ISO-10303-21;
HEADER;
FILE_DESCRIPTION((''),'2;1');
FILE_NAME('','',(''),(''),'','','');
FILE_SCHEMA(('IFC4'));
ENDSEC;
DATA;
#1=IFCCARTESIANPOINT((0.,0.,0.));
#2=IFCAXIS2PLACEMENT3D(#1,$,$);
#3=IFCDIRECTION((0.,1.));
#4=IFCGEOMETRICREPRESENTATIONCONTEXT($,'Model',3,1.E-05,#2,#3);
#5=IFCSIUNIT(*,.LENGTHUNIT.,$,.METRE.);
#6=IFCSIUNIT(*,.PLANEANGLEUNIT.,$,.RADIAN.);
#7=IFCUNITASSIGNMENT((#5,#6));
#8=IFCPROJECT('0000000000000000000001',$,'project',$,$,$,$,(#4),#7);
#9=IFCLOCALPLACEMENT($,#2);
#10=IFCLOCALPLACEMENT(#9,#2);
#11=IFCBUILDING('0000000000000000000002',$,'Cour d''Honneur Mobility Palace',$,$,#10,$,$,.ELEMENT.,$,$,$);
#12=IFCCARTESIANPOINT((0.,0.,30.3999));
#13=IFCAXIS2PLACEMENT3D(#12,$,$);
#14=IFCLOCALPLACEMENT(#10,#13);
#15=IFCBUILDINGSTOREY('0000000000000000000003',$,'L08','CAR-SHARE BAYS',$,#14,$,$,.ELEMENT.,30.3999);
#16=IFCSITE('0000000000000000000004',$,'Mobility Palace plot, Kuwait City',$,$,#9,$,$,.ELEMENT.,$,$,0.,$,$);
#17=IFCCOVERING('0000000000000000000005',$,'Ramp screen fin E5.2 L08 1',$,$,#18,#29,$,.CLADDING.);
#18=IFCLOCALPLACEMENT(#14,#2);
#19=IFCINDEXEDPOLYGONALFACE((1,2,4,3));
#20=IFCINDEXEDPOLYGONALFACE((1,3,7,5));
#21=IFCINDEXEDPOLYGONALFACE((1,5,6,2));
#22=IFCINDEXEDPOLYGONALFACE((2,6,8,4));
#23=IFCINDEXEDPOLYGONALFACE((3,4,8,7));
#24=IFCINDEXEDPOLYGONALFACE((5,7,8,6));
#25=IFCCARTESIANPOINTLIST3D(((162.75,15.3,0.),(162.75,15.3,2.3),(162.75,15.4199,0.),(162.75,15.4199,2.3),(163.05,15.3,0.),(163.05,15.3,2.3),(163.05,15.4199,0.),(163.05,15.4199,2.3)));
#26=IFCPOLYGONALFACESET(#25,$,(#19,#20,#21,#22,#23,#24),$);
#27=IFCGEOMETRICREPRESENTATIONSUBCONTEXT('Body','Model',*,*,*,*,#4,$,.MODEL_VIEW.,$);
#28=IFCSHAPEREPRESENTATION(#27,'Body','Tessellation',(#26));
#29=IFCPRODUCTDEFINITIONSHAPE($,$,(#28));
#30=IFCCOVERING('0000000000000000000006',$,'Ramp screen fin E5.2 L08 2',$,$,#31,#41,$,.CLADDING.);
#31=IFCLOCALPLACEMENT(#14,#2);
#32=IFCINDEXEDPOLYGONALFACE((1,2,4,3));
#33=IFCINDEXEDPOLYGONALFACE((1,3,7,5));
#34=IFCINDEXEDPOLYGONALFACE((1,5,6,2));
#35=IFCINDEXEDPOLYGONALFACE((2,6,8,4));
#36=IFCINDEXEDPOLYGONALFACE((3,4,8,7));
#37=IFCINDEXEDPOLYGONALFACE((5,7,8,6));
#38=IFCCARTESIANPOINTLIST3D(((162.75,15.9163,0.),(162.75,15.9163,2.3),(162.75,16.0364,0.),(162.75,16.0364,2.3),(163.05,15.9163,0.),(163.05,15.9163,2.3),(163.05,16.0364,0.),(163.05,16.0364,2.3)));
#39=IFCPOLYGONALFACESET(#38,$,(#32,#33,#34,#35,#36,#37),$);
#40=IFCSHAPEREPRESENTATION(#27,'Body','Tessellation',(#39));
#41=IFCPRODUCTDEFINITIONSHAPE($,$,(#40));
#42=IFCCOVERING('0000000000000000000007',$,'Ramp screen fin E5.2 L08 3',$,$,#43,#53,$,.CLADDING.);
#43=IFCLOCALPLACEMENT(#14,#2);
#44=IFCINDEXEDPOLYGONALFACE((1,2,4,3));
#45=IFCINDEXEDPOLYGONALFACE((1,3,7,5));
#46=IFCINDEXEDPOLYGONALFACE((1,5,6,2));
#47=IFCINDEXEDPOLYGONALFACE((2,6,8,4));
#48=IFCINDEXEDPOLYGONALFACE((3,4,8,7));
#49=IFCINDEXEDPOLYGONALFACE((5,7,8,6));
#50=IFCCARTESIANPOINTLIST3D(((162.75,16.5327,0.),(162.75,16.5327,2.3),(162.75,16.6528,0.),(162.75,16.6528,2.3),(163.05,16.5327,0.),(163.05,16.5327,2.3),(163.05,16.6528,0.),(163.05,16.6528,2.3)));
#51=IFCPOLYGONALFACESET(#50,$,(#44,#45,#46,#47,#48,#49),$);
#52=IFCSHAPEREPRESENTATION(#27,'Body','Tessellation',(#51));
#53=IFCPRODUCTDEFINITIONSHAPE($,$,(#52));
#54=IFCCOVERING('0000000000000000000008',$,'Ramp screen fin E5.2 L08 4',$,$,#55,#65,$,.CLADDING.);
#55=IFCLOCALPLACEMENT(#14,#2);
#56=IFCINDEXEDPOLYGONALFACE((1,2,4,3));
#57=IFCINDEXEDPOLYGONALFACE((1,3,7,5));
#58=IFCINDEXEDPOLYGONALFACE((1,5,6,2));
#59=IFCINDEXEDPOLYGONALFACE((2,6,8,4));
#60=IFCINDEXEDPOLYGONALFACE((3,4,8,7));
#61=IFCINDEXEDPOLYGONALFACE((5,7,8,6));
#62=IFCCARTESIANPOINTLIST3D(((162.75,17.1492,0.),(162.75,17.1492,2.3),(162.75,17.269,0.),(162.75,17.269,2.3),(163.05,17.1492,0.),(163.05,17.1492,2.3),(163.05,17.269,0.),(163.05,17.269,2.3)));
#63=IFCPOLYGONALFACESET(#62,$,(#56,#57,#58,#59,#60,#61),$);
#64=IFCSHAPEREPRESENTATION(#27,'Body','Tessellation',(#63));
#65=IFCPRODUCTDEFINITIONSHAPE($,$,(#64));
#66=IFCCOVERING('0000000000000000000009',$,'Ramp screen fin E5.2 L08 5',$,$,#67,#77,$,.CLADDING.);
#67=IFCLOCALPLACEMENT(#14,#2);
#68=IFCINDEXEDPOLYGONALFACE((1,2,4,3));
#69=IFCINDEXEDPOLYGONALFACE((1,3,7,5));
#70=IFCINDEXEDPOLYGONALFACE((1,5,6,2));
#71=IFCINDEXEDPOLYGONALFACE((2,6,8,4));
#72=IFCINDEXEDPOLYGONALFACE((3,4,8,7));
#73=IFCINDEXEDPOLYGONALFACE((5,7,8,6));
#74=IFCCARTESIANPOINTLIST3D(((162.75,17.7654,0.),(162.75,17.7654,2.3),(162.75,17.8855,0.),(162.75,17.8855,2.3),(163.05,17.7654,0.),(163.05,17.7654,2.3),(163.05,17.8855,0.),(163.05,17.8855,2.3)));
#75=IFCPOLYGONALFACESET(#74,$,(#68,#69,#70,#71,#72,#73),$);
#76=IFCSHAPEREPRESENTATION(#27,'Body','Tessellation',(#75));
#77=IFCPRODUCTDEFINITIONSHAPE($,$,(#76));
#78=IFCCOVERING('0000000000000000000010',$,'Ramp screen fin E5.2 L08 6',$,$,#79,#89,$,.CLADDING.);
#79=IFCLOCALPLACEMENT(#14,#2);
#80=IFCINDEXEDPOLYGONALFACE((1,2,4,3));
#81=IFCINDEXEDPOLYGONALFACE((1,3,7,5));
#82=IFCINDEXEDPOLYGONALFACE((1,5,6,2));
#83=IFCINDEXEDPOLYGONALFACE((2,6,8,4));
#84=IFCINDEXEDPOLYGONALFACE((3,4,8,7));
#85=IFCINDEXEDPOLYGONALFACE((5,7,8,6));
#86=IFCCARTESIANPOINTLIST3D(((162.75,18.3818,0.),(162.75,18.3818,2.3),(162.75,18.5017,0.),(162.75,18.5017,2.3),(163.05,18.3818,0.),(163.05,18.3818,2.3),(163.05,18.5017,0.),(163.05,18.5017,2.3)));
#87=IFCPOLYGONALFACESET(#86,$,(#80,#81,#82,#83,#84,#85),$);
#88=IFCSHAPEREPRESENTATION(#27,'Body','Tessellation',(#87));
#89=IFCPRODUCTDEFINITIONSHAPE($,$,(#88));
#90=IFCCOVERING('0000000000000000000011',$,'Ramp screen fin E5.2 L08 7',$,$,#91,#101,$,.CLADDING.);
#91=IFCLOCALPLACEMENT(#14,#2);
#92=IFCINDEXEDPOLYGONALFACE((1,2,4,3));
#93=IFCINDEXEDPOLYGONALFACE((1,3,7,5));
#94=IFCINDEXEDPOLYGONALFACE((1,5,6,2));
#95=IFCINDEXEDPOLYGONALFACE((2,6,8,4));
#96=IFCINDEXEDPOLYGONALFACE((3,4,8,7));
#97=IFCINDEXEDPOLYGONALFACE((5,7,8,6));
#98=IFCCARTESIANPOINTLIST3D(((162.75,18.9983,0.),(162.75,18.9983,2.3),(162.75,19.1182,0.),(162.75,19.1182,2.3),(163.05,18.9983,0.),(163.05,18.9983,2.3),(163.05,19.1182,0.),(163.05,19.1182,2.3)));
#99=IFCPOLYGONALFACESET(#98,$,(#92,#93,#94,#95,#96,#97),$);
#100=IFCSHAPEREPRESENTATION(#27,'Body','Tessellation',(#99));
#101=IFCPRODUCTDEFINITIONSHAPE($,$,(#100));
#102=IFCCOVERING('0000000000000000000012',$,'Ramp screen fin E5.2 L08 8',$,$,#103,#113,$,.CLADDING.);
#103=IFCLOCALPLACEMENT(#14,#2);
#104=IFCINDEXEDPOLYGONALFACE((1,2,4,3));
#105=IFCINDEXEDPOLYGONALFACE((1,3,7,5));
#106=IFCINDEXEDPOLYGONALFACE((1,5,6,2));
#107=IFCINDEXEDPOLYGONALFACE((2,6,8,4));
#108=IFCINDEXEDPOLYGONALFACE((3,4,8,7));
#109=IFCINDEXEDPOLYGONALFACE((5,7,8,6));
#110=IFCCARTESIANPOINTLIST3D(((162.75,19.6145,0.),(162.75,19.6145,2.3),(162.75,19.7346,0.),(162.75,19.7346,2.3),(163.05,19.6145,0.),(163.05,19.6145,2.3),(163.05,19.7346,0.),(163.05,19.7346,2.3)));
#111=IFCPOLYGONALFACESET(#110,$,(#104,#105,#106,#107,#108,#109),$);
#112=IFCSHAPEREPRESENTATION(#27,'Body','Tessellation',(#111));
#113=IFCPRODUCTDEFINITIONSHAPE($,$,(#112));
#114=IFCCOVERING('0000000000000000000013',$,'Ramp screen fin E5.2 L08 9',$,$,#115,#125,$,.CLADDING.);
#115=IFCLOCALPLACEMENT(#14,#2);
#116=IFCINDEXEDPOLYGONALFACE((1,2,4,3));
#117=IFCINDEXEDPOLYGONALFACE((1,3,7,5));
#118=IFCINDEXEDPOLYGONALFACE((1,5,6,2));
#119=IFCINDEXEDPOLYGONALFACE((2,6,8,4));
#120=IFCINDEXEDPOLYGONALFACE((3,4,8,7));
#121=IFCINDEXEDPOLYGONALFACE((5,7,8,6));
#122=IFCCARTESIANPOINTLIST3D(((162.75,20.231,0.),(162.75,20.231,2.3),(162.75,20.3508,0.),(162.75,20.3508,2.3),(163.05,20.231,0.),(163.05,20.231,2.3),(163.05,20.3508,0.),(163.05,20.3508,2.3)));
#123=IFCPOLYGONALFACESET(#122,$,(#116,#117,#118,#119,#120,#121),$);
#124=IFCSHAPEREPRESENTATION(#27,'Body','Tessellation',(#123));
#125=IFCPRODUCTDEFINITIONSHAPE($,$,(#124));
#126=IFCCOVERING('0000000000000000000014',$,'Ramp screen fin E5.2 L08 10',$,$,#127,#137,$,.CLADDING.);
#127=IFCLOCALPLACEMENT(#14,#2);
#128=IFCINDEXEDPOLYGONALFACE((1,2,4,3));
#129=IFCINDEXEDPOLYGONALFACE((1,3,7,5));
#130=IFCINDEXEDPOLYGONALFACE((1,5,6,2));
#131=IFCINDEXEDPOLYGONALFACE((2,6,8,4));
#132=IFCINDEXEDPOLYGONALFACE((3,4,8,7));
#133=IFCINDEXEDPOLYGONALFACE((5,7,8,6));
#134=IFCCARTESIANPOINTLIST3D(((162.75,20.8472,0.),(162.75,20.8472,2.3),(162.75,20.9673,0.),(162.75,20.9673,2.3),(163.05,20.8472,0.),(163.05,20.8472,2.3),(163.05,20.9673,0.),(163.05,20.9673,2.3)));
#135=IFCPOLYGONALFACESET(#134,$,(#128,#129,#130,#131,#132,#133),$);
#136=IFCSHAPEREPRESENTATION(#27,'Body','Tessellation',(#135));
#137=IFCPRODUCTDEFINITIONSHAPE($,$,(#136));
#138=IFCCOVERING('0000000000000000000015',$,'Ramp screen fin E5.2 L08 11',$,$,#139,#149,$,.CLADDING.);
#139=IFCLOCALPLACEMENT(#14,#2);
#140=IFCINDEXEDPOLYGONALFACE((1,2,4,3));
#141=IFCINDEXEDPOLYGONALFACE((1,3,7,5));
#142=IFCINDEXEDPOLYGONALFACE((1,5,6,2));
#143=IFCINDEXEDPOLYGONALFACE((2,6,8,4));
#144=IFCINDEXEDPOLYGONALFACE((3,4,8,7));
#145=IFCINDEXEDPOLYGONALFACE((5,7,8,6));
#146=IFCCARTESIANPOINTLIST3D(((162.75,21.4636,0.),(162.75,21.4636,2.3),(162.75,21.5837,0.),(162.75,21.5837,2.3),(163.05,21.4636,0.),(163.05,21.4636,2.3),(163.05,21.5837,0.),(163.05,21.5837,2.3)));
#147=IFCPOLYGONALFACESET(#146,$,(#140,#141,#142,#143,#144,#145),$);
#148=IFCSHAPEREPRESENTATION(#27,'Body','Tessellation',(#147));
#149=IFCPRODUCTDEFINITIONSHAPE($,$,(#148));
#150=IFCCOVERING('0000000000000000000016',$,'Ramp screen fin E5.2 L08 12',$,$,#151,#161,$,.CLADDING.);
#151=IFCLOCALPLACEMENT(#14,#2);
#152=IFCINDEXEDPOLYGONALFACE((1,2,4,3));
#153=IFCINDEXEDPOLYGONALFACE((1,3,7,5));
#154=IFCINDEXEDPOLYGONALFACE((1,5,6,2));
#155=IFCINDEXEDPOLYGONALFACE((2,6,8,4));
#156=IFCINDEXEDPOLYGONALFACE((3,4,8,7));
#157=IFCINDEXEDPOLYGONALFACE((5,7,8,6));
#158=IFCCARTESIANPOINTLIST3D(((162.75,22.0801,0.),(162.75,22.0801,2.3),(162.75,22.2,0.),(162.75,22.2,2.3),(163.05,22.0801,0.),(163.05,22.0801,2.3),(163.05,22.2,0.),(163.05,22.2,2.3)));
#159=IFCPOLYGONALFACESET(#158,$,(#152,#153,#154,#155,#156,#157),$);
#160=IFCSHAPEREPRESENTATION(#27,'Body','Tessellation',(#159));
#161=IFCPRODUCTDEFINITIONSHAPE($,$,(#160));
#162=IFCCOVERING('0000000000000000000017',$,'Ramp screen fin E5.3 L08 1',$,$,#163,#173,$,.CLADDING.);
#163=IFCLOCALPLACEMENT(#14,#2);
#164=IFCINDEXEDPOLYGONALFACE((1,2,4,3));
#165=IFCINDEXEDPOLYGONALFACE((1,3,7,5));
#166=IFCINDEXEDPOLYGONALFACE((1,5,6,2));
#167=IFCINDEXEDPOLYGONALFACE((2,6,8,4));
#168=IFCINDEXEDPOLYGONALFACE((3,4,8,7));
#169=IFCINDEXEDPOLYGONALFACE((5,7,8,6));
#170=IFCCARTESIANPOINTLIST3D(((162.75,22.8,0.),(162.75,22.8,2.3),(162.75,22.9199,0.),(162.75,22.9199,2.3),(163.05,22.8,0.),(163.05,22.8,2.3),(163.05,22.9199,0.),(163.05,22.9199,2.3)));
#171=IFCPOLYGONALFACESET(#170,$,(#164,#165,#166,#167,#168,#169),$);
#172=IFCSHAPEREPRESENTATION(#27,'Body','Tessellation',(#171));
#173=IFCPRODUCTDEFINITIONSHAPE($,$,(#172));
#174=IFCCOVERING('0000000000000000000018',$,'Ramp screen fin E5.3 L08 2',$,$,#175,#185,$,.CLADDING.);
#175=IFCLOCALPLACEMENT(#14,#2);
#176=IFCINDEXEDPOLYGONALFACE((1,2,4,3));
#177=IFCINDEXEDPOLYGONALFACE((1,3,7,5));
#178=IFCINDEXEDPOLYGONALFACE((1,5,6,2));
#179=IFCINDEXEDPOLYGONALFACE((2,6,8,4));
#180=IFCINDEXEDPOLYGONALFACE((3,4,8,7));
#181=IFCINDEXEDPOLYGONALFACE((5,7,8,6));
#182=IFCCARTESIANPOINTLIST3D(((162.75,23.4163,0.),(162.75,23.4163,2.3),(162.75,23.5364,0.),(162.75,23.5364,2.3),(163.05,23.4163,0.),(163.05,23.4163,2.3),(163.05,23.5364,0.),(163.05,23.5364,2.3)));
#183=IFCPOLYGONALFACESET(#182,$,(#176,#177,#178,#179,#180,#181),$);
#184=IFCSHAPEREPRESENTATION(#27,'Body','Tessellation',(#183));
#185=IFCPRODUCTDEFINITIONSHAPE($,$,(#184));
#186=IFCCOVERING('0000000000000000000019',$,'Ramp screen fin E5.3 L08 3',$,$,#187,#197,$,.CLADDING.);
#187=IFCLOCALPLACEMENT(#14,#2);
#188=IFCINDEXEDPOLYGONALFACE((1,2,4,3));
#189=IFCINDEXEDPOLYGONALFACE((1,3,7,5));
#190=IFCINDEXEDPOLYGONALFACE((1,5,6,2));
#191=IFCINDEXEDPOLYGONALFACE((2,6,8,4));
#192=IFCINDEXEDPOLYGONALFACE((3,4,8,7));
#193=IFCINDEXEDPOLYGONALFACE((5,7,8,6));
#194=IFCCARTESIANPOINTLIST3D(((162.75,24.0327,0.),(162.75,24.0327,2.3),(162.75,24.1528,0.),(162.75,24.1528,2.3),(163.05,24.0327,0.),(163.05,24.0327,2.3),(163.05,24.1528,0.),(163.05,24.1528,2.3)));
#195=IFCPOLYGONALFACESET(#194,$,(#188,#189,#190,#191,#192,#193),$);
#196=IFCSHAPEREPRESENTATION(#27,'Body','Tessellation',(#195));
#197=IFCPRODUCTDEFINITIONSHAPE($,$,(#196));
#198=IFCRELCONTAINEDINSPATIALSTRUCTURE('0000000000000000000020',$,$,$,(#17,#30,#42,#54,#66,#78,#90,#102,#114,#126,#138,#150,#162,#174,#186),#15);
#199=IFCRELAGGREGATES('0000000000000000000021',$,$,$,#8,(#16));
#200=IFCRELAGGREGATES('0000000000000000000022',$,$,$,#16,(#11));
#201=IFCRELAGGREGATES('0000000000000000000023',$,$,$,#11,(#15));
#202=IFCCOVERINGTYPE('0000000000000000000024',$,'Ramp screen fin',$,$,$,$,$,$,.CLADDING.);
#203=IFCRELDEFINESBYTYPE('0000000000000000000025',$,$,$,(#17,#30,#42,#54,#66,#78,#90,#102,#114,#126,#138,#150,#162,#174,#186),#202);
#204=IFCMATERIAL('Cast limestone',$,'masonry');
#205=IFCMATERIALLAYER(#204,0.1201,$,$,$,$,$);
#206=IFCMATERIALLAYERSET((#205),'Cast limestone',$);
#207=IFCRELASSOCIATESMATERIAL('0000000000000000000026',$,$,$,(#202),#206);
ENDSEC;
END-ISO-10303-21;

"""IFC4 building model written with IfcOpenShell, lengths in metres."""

from ifc_helpers import new_model, si_unit, direction, frame, origin, place, context, subcontext, project, spatial, polyline, outline, extrude, material, layer, layer_set, type_object, element, save


model = new_model("IFC4")

# Units and contexts
model_context = context("Model", 3, precision=1e-05, world=origin(), true_north=direction((0.0, 1.0)))
body_context = subcontext(model_context, "Body", "Model", "MODEL_VIEW")
ifc_project = project(units=[si_unit("LENGTHUNIT", "METRE"), si_unit("PLANEANGLEUNIT", "RADIAN")], contexts=[model_context])

# Site, building, storey
site_placement = place(None, origin())
site = spatial("IfcSite", under=ifc_project, at=site_placement, Name="Mobility Palace plot, Kuwait City", CompositionType="ELEMENT", RefElevation=0.0)
building_placement = place(site_placement, origin())
building = spatial("IfcBuilding", under=site, at=building_placement, Name="Cour d'Honneur Mobility Palace", CompositionType="ELEMENT")
storey_placement = place(building_placement, frame((0.0, 0.0, 30.3999)))
storey = spatial("IfcBuildingStorey", under=building, at=storey_placement, Name="L08", Description="CAR-SHARE BAYS", CompositionType="ELEMENT", Elevation=30.3999)

# Coverings
ifc_material = material(Name="Cast limestone", Category="masonry")
ifc_layer = layer(ifc_material, 0.1201)
ifc_layer_set = layer_set([ifc_layer], Name="Cast limestone")
covering_type = type_object("IfcCoveringType", Name="Ramp screen fin", PredefinedType="CLADDING", material=ifc_layer_set)
covering_1_placement = place(storey_placement, origin())
element("IfcCovering", 1, at=covering_1_placement, inside=storey, type_object=covering_type, Name="Ramp screen fin E5.2 L08 1", PredefinedType="CLADDING", context=body_context, shape_type="SweptSolid", body=[
    extrude(outline(polyline([(162.75, 15.3), (162.75, 15.4199), (163.05, 15.4199), (163.05, 15.3), (162.75, 15.3)])), origin(), (0.0, 0.0, 1.0), 2.3),
])
covering_2_placement = place(storey_placement, origin())
element("IfcCovering", 2, at=covering_2_placement, inside=storey, type_object=covering_type, Name="Ramp screen fin E5.2 L08 2", PredefinedType="CLADDING", context=body_context, shape_type="SweptSolid", body=[
    extrude(outline(polyline([(162.75, 15.9163), (162.75, 16.0364), (163.05, 16.0364), (163.05, 15.9163), (162.75, 15.9163)])), origin(), (0.0, 0.0, 1.0), 2.3),
])
covering_3_placement = place(storey_placement, origin())
element("IfcCovering", 3, at=covering_3_placement, inside=storey, type_object=covering_type, Name="Ramp screen fin E5.2 L08 3", PredefinedType="CLADDING", context=body_context, shape_type="SweptSolid", body=[
    extrude(outline(polyline([(162.75, 16.5327), (162.75, 16.6528), (163.05, 16.6528), (163.05, 16.5327), (162.75, 16.5327)])), origin(), (0.0, 0.0, 1.0), 2.3),
])
covering_4_placement = place(storey_placement, origin())
element("IfcCovering", 4, at=covering_4_placement, inside=storey, type_object=covering_type, Name="Ramp screen fin E5.2 L08 4", PredefinedType="CLADDING", context=body_context, shape_type="SweptSolid", body=[
    extrude(outline(polyline([(162.75, 17.1492), (162.75, 17.269), (163.05, 17.269), (163.05, 17.1492), (162.75, 17.1492)])), origin(), (0.0, 0.0, 1.0), 2.3),
])
covering_5_placement = place(storey_placement, origin())
element("IfcCovering", 5, at=covering_5_placement, inside=storey, type_object=covering_type, Name="Ramp screen fin E5.2 L08 5", PredefinedType="CLADDING", context=body_context, shape_type="SweptSolid", body=[
    extrude(outline(polyline([(162.75, 17.7654), (162.75, 17.8855), (163.05, 17.8855), (163.05, 17.7654), (162.75, 17.7654)])), origin(), (0.0, 0.0, 1.0), 2.3),
])
covering_6_placement = place(storey_placement, origin())
element("IfcCovering", 6, at=covering_6_placement, inside=storey, type_object=covering_type, Name="Ramp screen fin E5.2 L08 6", PredefinedType="CLADDING", context=body_context, shape_type="SweptSolid", body=[
    extrude(outline(polyline([(162.75, 18.3818), (162.75, 18.5017), (163.05, 18.5017), (163.05, 18.3818), (162.75, 18.3818)])), origin(), (0.0, 0.0, 1.0), 2.3),
])
covering_7_placement = place(storey_placement, origin())
element("IfcCovering", 7, at=covering_7_placement, inside=storey, type_object=covering_type, Name="Ramp screen fin E5.2 L08 7", PredefinedType="CLADDING", context=body_context, shape_type="SweptSolid", body=[
    extrude(outline(polyline([(162.75, 18.9983), (162.75, 19.1182), (163.05, 19.1182), (163.05, 18.9983), (162.75, 18.9983)])), origin(), (0.0, 0.0, 1.0), 2.3),
])
covering_8_placement = place(storey_placement, origin())
element("IfcCovering", 8, at=covering_8_placement, inside=storey, type_object=covering_type, Name="Ramp screen fin E5.2 L08 8", PredefinedType="CLADDING", context=body_context, shape_type="SweptSolid", body=[
    extrude(outline(polyline([(162.75, 19.6145), (162.75, 19.7346), (163.05, 19.7346), (163.05, 19.6145), (162.75, 19.6145)])), origin(), (0.0, 0.0, 1.0), 2.3),
])
covering_9_placement = place(storey_placement, origin())
element("IfcCovering", 9, at=covering_9_placement, inside=storey, type_object=covering_type, Name="Ramp screen fin E5.2 L08 9", PredefinedType="CLADDING", context=body_context, shape_type="SweptSolid", body=[
    extrude(outline(polyline([(162.75, 20.231), (162.75, 20.3508), (163.05, 20.3508), (163.05, 20.231), (162.75, 20.231)])), origin(), (0.0, 0.0, 1.0), 2.3),
])
covering_10_placement = place(storey_placement, origin())
element("IfcCovering", 10, at=covering_10_placement, inside=storey, type_object=covering_type, Name="Ramp screen fin E5.2 L08 10", PredefinedType="CLADDING", context=body_context, shape_type="SweptSolid", body=[
    extrude(outline(polyline([(162.75, 20.8472), (162.75, 20.9673), (163.05, 20.9673), (163.05, 20.8472), (162.75, 20.8472)])), origin(), (0.0, 0.0, 1.0), 2.3),
])
covering_11_placement = place(storey_placement, origin())
element("IfcCovering", 11, at=covering_11_placement, inside=storey, type_object=covering_type, Name="Ramp screen fin E5.2 L08 11", PredefinedType="CLADDING", context=body_context, shape_type="SweptSolid", body=[
    extrude(outline(polyline([(162.75, 21.4636), (162.75, 21.5837), (163.05, 21.5837), (163.05, 21.4636), (162.75, 21.4636)])), origin(), (0.0, 0.0, 1.0), 2.3),
])
covering_12_placement = place(storey_placement, origin())
element("IfcCovering", 12, at=covering_12_placement, inside=storey, type_object=covering_type, Name="Ramp screen fin E5.2 L08 12", PredefinedType="CLADDING", context=body_context, shape_type="SweptSolid", body=[
    extrude(outline(polyline([(162.75, 22.0801), (162.75, 22.2), (163.05, 22.2), (163.05, 22.0801), (162.75, 22.0801)])), origin(), (0.0, 0.0, 1.0), 2.3),
])
covering_13_placement = place(storey_placement, origin())
element("IfcCovering", 13, at=covering_13_placement, inside=storey, type_object=covering_type, Name="Ramp screen fin E5.3 L08 1", PredefinedType="CLADDING", context=body_context, shape_type="SweptSolid", body=[
    extrude(outline(polyline([(162.75, 22.8), (162.75, 22.9199), (163.05, 22.9199), (163.05, 22.8), (162.75, 22.8)])), origin(), (0.0, 0.0, 1.0), 2.3),
])
covering_14_placement = place(storey_placement, origin())
element("IfcCovering", 14, at=covering_14_placement, inside=storey, type_object=covering_type, Name="Ramp screen fin E5.3 L08 2", PredefinedType="CLADDING", context=body_context, shape_type="SweptSolid", body=[
    extrude(outline(polyline([(162.75, 23.4163), (162.75, 23.5364), (163.05, 23.5364), (163.05, 23.4163), (162.75, 23.4163)])), origin(), (0.0, 0.0, 1.0), 2.3),
])
covering_15_placement = place(storey_placement, origin())
element("IfcCovering", 15, at=covering_15_placement, inside=storey, type_object=covering_type, Name="Ramp screen fin E5.3 L08 3", PredefinedType="CLADDING", context=body_context, shape_type="SweptSolid", body=[
    extrude(outline(polyline([(162.75, 24.0327), (162.75, 24.1528), (163.05, 24.1528), (163.05, 24.0327), (162.75, 24.0327)])), origin(), (0.0, 0.0, 1.0), 2.3),
])

save(model, "model.ifc")
